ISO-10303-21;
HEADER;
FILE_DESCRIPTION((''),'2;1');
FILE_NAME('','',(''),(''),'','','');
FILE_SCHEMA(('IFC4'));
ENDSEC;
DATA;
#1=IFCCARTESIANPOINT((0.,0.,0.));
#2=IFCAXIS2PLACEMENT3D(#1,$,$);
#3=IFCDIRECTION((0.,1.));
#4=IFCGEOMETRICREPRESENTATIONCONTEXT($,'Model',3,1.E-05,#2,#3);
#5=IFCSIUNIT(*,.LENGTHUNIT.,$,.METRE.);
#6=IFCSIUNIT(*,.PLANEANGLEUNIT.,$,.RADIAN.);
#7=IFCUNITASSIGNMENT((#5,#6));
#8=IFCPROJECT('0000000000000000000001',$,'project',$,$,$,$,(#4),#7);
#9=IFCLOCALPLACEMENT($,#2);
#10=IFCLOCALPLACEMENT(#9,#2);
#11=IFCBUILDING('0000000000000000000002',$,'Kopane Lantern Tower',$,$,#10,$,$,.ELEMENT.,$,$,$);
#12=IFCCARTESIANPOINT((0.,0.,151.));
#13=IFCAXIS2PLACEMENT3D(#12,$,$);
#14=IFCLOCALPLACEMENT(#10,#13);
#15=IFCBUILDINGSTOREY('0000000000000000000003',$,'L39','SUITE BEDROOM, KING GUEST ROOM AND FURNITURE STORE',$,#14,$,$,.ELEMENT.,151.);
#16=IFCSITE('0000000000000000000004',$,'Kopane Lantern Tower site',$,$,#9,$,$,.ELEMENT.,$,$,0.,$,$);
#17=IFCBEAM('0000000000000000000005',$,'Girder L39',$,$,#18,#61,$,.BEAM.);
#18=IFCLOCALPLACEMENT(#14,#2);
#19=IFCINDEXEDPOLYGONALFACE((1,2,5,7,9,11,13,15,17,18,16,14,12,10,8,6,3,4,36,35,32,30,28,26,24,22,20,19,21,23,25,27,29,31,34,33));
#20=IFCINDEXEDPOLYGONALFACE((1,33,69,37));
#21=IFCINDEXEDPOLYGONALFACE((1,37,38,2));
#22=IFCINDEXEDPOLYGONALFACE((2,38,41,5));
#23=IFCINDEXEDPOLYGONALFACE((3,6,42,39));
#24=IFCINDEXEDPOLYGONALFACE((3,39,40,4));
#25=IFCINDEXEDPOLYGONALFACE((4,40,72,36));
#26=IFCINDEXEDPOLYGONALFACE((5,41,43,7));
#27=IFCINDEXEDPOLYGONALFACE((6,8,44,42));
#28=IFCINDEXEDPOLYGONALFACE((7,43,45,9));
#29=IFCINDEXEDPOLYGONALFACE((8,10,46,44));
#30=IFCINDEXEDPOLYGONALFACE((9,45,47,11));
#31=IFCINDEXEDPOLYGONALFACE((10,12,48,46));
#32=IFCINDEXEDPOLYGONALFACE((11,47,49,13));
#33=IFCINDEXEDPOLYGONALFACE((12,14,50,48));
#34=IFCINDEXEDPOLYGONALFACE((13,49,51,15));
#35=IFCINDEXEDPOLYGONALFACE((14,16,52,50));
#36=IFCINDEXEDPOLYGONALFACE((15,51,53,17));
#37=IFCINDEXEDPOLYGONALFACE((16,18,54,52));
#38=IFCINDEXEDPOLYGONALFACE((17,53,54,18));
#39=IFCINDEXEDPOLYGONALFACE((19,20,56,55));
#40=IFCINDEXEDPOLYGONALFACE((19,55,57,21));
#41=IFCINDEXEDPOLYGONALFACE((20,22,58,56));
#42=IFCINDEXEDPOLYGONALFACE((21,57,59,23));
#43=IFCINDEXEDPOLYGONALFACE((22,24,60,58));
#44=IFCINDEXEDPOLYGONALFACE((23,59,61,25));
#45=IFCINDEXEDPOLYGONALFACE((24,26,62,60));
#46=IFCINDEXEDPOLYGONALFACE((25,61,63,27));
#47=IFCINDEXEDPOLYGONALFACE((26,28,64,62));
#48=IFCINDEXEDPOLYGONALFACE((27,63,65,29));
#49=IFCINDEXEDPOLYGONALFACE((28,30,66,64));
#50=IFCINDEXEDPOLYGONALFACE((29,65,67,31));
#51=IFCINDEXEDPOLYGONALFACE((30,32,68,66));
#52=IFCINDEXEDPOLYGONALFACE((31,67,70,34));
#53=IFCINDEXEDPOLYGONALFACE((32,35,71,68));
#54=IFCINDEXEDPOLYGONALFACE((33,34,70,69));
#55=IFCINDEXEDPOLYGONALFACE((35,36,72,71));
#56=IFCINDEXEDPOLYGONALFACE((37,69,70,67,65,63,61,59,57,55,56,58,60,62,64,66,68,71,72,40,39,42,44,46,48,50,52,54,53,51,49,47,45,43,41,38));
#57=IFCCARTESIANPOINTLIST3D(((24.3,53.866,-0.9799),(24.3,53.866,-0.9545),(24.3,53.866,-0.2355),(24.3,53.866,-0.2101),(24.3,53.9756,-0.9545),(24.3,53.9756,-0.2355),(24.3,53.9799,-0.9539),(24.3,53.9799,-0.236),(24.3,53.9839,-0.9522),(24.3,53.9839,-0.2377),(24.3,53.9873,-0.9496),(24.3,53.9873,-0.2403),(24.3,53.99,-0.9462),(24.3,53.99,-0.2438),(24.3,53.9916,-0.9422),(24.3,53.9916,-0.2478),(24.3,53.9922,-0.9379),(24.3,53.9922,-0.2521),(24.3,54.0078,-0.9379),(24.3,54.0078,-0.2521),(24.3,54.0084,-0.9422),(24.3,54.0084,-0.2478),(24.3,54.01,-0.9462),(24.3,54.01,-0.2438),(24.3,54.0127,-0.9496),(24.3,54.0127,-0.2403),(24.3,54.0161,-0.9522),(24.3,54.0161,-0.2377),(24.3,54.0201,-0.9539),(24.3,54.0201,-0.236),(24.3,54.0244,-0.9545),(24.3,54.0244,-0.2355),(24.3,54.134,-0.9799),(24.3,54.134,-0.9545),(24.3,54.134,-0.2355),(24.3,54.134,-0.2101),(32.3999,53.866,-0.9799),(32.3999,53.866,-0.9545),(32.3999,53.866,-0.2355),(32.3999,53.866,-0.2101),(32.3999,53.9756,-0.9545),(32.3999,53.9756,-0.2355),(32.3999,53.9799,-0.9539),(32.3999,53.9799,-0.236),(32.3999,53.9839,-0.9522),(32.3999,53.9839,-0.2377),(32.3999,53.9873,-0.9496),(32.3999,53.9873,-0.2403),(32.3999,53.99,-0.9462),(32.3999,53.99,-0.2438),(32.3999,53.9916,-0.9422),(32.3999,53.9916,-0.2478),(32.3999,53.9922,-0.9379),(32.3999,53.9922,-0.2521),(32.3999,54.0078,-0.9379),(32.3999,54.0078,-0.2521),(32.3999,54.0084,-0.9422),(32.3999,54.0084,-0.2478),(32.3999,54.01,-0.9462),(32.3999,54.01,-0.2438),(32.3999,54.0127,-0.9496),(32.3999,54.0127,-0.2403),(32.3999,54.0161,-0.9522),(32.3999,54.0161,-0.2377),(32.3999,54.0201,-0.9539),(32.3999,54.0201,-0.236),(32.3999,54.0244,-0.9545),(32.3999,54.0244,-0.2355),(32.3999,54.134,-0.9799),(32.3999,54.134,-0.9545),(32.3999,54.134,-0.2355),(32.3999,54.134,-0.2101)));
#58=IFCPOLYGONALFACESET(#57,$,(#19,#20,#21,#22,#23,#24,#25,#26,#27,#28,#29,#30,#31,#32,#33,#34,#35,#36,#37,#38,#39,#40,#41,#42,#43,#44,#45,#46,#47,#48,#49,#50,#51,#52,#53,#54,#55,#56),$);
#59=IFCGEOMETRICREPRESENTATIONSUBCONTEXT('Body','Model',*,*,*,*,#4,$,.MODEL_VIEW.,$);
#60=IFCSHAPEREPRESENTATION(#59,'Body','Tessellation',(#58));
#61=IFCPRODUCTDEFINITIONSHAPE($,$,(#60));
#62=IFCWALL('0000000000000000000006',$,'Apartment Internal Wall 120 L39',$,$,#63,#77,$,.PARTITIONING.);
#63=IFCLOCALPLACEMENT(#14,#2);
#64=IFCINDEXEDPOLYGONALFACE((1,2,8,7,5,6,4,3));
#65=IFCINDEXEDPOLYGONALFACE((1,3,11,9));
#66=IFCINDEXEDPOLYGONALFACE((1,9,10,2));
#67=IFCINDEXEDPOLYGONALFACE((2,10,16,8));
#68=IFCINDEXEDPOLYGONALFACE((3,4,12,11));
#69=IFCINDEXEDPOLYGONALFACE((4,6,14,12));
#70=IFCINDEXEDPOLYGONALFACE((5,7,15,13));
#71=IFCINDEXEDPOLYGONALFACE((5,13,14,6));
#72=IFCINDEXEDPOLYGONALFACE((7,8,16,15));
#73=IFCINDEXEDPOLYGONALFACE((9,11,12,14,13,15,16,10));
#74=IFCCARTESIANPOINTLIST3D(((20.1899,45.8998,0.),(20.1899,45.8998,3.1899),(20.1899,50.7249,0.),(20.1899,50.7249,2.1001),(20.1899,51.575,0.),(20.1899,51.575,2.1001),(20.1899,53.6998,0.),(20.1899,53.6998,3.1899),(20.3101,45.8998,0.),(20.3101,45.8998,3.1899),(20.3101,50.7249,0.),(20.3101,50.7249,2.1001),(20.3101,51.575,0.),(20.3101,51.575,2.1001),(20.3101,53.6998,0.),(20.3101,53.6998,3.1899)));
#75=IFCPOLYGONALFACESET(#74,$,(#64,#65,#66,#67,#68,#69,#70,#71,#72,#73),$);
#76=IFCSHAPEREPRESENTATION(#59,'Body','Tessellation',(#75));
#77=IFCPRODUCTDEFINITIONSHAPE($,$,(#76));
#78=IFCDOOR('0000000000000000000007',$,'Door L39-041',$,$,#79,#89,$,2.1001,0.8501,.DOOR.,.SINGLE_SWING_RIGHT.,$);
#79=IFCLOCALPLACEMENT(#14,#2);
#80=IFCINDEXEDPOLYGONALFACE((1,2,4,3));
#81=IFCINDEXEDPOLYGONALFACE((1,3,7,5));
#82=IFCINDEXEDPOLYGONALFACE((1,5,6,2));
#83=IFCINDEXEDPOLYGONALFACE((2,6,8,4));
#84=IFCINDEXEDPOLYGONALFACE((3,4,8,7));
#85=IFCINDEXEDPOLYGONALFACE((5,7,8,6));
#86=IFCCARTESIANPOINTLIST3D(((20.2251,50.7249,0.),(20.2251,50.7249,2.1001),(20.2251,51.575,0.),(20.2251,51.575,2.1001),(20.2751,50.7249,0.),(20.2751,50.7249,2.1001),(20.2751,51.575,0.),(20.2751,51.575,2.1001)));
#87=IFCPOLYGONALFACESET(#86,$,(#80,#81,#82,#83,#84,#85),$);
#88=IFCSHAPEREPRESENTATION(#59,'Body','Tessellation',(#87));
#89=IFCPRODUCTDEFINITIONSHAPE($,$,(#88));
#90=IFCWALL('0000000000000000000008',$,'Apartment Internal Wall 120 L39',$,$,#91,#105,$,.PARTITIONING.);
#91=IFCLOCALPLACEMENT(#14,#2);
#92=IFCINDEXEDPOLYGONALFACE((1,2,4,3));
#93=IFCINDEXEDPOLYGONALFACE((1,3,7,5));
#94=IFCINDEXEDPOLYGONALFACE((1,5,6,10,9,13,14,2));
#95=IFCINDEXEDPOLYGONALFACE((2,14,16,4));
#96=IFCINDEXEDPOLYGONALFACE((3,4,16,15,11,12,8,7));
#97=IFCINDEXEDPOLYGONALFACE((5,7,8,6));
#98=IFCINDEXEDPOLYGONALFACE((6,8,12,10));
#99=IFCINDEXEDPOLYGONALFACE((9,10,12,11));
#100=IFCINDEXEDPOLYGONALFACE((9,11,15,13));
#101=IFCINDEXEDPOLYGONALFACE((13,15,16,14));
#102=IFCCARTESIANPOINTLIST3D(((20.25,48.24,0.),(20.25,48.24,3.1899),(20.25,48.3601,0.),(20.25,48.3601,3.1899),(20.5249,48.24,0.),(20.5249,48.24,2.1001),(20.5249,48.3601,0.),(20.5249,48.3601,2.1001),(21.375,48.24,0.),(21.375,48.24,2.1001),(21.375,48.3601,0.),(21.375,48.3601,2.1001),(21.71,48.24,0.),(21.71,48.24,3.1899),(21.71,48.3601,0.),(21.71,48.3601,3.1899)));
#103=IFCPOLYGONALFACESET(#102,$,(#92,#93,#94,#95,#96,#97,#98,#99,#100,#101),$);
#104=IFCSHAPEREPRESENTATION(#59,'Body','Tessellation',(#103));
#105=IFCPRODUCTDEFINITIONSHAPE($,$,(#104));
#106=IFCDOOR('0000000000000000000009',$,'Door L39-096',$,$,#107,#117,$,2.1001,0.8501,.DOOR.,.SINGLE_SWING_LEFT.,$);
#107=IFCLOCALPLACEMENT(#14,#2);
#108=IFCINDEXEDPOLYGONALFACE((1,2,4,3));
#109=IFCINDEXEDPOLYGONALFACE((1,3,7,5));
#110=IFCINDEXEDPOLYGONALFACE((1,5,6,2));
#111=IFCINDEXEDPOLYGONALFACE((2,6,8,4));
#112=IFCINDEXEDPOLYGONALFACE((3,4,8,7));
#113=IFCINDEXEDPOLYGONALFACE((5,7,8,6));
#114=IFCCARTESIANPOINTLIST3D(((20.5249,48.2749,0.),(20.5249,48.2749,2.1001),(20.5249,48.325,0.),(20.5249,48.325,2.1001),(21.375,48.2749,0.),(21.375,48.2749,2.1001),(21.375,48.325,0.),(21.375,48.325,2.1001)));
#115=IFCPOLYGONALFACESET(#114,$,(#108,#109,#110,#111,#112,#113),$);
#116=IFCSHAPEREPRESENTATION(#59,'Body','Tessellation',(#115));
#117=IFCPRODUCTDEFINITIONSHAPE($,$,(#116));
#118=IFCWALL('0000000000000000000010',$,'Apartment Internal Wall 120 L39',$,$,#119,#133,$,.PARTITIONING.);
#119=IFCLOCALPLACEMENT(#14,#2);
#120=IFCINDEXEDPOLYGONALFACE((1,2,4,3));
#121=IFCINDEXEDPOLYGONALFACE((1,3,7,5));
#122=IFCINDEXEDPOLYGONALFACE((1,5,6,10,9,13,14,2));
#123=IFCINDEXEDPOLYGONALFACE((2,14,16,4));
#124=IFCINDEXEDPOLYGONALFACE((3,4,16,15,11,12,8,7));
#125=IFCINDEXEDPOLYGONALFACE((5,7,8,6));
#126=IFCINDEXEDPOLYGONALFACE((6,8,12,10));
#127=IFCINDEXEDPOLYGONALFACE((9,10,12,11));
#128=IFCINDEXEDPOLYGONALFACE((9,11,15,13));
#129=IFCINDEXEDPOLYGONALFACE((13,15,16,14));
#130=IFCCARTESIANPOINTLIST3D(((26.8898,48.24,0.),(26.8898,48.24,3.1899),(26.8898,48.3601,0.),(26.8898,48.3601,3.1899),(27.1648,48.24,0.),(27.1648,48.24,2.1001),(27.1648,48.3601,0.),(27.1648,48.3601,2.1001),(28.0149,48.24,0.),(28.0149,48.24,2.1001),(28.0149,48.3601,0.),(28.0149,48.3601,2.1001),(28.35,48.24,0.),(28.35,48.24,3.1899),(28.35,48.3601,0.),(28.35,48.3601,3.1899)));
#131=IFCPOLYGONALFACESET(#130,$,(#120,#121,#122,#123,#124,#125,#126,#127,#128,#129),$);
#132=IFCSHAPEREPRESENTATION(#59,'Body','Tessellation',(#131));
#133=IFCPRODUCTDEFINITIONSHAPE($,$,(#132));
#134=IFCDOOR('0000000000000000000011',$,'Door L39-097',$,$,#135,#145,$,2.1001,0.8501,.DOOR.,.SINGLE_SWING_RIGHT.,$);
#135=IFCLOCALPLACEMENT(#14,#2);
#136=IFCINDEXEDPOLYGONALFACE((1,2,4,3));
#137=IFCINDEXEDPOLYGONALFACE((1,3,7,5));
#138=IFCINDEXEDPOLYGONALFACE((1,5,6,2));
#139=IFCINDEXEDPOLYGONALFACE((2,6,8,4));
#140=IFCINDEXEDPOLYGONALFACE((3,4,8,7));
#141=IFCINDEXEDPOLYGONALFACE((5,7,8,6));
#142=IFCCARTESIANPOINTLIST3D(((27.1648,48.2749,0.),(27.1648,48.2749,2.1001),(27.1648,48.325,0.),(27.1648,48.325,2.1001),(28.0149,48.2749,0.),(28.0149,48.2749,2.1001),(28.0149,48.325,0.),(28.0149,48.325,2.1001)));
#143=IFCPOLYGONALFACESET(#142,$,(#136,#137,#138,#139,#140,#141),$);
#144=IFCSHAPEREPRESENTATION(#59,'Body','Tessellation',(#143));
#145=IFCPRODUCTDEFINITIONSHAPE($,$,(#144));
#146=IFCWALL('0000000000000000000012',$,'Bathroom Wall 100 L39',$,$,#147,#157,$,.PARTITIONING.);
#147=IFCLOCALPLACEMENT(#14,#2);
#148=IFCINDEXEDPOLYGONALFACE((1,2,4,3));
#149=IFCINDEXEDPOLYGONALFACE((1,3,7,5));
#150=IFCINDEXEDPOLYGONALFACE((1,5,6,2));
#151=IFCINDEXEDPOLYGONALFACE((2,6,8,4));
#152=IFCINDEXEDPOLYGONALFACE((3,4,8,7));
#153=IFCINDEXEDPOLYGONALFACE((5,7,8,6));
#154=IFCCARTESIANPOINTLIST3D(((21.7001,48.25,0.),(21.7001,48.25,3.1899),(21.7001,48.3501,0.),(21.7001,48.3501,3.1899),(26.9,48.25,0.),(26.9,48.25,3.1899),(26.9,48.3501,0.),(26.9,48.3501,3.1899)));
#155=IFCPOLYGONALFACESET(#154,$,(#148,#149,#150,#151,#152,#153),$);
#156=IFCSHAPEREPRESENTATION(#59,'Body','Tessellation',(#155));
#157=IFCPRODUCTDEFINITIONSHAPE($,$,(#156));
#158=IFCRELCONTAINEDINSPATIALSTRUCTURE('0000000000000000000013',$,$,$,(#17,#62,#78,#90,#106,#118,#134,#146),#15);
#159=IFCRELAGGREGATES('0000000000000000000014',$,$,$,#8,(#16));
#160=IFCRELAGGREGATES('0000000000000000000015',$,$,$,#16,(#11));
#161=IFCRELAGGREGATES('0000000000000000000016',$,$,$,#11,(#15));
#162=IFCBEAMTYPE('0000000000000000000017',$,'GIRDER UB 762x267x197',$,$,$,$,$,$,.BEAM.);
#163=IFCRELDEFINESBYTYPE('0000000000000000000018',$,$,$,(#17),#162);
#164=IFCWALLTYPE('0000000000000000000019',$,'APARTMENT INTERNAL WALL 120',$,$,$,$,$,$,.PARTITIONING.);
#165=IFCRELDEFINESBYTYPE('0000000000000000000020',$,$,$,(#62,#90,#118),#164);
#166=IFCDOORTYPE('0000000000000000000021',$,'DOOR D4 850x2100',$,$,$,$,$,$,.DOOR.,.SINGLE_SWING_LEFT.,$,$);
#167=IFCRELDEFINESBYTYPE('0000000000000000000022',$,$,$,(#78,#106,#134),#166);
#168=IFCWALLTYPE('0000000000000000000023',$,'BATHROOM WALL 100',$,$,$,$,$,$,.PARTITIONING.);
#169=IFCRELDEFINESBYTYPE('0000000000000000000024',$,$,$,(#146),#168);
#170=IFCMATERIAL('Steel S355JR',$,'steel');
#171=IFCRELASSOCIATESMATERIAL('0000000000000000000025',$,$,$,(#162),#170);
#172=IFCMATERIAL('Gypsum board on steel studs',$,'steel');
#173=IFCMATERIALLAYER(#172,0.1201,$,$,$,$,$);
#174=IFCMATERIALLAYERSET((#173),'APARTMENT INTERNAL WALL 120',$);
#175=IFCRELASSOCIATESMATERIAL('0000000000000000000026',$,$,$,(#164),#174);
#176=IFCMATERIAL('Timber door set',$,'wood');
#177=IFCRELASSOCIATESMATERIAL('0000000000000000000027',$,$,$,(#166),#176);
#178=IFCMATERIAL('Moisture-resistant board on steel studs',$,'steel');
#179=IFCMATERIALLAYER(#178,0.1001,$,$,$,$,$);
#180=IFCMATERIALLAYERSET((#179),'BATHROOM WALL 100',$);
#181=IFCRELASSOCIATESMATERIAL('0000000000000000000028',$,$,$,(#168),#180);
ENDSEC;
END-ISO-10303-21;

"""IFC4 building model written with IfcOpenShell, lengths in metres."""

from ifc_helpers import new_model, si_unit, direction, frame, frame_2d, origin, origin_2d, place, context, subcontext, project, spatial, rectangle, i_section, extrude, material, layer, layer_set, material_profile, profile_set, type_object, element, fill, save


model = new_model("IFC4")

# Units and contexts
model_context = context("Model", 3, precision=1e-05, world=origin(), true_north=direction((0.0, 1.0)))
body_context = subcontext(model_context, "Body", "Model", "MODEL_VIEW")
ifc_project = project(units=[si_unit("LENGTHUNIT", "METRE"), si_unit("PLANEANGLEUNIT", "RADIAN")], contexts=[model_context])

# Site, building, storey
site_placement = place(None, origin())
site = spatial("IfcSite", under=ifc_project, at=site_placement, Name="Kopane Lantern Tower site", CompositionType="ELEMENT", RefElevation=0.0)
building_placement = place(site_placement, origin())
building = spatial("IfcBuilding", under=site, at=building_placement, Name="Kopane Lantern Tower", CompositionType="ELEMENT")
storey_placement = place(building_placement, frame((0.0, 0.0, 151.0)))
storey = spatial("IfcBuildingStorey", under=building, at=storey_placement, Name="L39", Description="SUITE BEDROOM, KING GUEST ROOM AND FURNITURE STORE", CompositionType="ELEMENT", Elevation=151.0)

# Beam
ifc_material_1 = material(Name="Steel S355JR", Category="steel")
ifc_material_profile_1 = material_profile(ifc_material_1, i_section(OverallWidth=0.2681, OverallDepth=0.7698, WebThickness=0.0156, FlangeThickness=0.0254, FilletRadius=0.0166, at=origin_2d()), Name="UB 762x267x197")
ifc_profile_set_1 = profile_set([ifc_material_profile_1], Name="Steel S355JR")
beam_type = type_object("IfcBeamType", Name="GIRDER UB 762x267x197", PredefinedType="BEAM", material=ifc_profile_set_1)
for number, where, z_axis, x_axis, name in (
    (1, (24.3, 54.0, -0.595), (1.0, 0.0, 0.0), (0.0, 1.0, 0.0), "Girder L39"),
):
    element("IfcBeam", number, at=place(storey_placement, frame(where, z_axis=z_axis, x_axis=x_axis)), inside=storey, type_object=beam_type, Name=name, PredefinedType="BEAM", context=body_context, shape_type="SweptSolid", body=[
        extrude(i_section(OverallWidth=0.2681, OverallDepth=0.7698, WebThickness=0.0156, FlangeThickness=0.0254, FilletRadius=0.0166, at=origin_2d()), origin(), (0.0, 0.0, 1.0), 8.0999),
    ])

# Walls, openings, doors
ifc_material_2 = material(Name="Gypsum board on steel studs", Category="steel")
ifc_layer_1 = layer(ifc_material_2, 0.1201)
ifc_layer_set_1 = layer_set([ifc_layer_1], Name="APARTMENT INTERNAL WALL 120")
wall_type_1 = type_object("IfcWallType", Name="APARTMENT INTERNAL WALL 120", PredefinedType="PARTITIONING", material=ifc_layer_set_1)
wall_1_placement = place(storey_placement, frame((20.25, 45.8999, 0.0), z_axis=(0.0, 0.0, 1.0), x_axis=(0.0, 1.0, 0.0)))
wall_1 = element("IfcWall", 2, at=wall_1_placement, inside=storey, type_object=wall_type_1, Name="Apartment Internal Wall 120 L39", PredefinedType="PARTITIONING", context=body_context, shape_type="SweptSolid", body=[
    extrude(rectangle(XDim=7.8, YDim=0.1201, at=frame_2d((3.8999, 0.0))), origin(), (0.0, 0.0, 1.0), 3.1899),
])
opening_1_placement = place(wall_1_placement, frame((4.825, 0.0, 0.0)))
opening_1 = element("IfcOpeningElement", 3, at=opening_1_placement, cuts=wall_1, PredefinedType="OPENING", context=body_context, shape_type="SweptSolid", body=[
    extrude(rectangle(XDim=0.8501, YDim=2.1001, at=frame_2d((0.425, 1.05))), frame((0.0, 0.0701, 0.0), z_axis=(0.0, -1.0, 0.0), x_axis=(1.0, 0.0, 0.0)), (0.0, 0.0, 1.0), 0.1401),
])
ifc_material_3 = material(Name="Timber door set", Category="wood")
door_type_1 = type_object("IfcDoorType", Name="DOOR D4 850x2100", OperationType="SINGLE_SWING_LEFT", PredefinedType="DOOR", material=ifc_material_3)
door_1_placement = place(opening_1_placement, origin())
door_1 = element("IfcDoor", 4, at=door_1_placement, inside=storey, type_object=door_type_1, Name="Door L39-041", OperationType="SINGLE_SWING_RIGHT", OverallHeight=2.1001, OverallWidth=0.8501, PredefinedType="DOOR", context=body_context, shape_type="SweptSolid", body=[
    extrude(rectangle(XDim=0.8501, YDim=2.1001, at=frame_2d((0.425, 1.05))), frame((0.0, 0.0249, 0.0), z_axis=(0.0, -1.0, 0.0), x_axis=(1.0, 0.0, 0.0)), (0.0, 0.0, 1.0), 0.05),
])
fill(opening_1, door_1)
wall_2_placement = place(storey_placement, frame((20.25, 48.3, 0.0), z_axis=(0.0, 0.0, 1.0), x_axis=(1.0, 0.0, 0.0)))
wall_2 = element("IfcWall", 5, at=wall_2_placement, inside=storey, type_object=wall_type_1, Name="Apartment Internal Wall 120 L39", PredefinedType="PARTITIONING", context=body_context, shape_type="SweptSolid", body=[
    extrude(rectangle(XDim=1.46, YDim=0.1201, at=frame_2d((0.73, 0.0))), origin(), (0.0, 0.0, 1.0), 3.1899),
])
opening_2_placement = place(wall_2_placement, frame((0.2749, 0.0, 0.0)))
opening_2 = element("IfcOpeningElement", 6, at=opening_2_placement, cuts=wall_2, PredefinedType="OPENING", context=body_context, shape_type="SweptSolid", body=[
    extrude(rectangle(XDim=0.8501, YDim=2.1001, at=frame_2d((0.425, 1.05))), frame((0.0, 0.0701, 0.0), z_axis=(0.0, -1.0, 0.0), x_axis=(1.0, 0.0, 0.0)), (0.0, 0.0, 1.0), 0.1401),
])
door_2_placement = place(opening_2_placement, origin())
door_2 = element("IfcDoor", 7, at=door_2_placement, inside=storey, type_object=door_type_1, Name="Door L39-096", OperationType="SINGLE_SWING_LEFT", OverallHeight=2.1001, OverallWidth=0.8501, PredefinedType="DOOR", context=body_context, shape_type="SweptSolid", body=[
    extrude(rectangle(XDim=0.8501, YDim=2.1001, at=frame_2d((0.425, 1.05))), frame((0.0, 0.0249, 0.0), z_axis=(0.0, -1.0, 0.0), x_axis=(1.0, 0.0, 0.0)), (0.0, 0.0, 1.0), 0.05),
])
fill(opening_2, door_2)
wall_3_placement = place(storey_placement, frame((26.8899, 48.3, 0.0), z_axis=(0.0, 0.0, 1.0), x_axis=(1.0, 0.0, 0.0)))
wall_3 = element("IfcWall", 8, at=wall_3_placement, inside=storey, type_object=wall_type_1, Name="Apartment Internal Wall 120 L39", PredefinedType="PARTITIONING", context=body_context, shape_type="SweptSolid", body=[
    extrude(rectangle(XDim=1.4602, YDim=0.1201, at=frame_2d((0.73, 0.0))), origin(), (0.0, 0.0, 1.0), 3.1899),
])
opening_3_placement = place(wall_3_placement, frame((0.2749, 0.0, 0.0)))
opening_3 = element("IfcOpeningElement", 9, at=opening_3_placement, cuts=wall_3, PredefinedType="OPENING", context=body_context, shape_type="SweptSolid", body=[
    extrude(rectangle(XDim=0.8501, YDim=2.1001, at=frame_2d((0.425, 1.05))), frame((0.0, 0.0701, 0.0), z_axis=(0.0, -1.0, 0.0), x_axis=(1.0, 0.0, 0.0)), (0.0, 0.0, 1.0), 0.1401),
])
door_3_placement = place(opening_3_placement, origin())
door_3 = element("IfcDoor", 10, at=door_3_placement, inside=storey, type_object=door_type_1, Name="Door L39-097", OperationType="SINGLE_SWING_RIGHT", OverallHeight=2.1001, OverallWidth=0.8501, PredefinedType="DOOR", context=body_context, shape_type="SweptSolid", body=[
    extrude(rectangle(XDim=0.8501, YDim=2.1001, at=frame_2d((0.425, 1.05))), frame((0.0, 0.0249, 0.0), z_axis=(0.0, -1.0, 0.0), x_axis=(1.0, 0.0, 0.0)), (0.0, 0.0, 1.0), 0.05),
])
fill(opening_3, door_3)

# Wall
ifc_material_4 = material(Name="Moisture-resistant board on steel studs", Category="steel")
ifc_layer_2 = layer(ifc_material_4, 0.1001)
ifc_layer_set_2 = layer_set([ifc_layer_2], Name="BATHROOM WALL 100")
wall_type_2 = type_object("IfcWallType", Name="BATHROOM WALL 100", PredefinedType="PARTITIONING", material=ifc_layer_set_2)
wall_4_placement = place(storey_placement, frame((21.7, 48.3, 0.0), z_axis=(0.0, 0.0, 1.0), x_axis=(1.0, 0.0, 0.0)))
element("IfcWall", 11, at=wall_4_placement, inside=storey, type_object=wall_type_2, Name="Bathroom Wall 100 L39", PredefinedType="PARTITIONING", context=body_context, shape_type="SweptSolid", body=[
    extrude(rectangle(XDim=5.2, YDim=0.1001, at=frame_2d((2.6001, 0.0))), origin(), (0.0, 0.0, 1.0), 3.1899),
])

save(model, "model.ifc")
